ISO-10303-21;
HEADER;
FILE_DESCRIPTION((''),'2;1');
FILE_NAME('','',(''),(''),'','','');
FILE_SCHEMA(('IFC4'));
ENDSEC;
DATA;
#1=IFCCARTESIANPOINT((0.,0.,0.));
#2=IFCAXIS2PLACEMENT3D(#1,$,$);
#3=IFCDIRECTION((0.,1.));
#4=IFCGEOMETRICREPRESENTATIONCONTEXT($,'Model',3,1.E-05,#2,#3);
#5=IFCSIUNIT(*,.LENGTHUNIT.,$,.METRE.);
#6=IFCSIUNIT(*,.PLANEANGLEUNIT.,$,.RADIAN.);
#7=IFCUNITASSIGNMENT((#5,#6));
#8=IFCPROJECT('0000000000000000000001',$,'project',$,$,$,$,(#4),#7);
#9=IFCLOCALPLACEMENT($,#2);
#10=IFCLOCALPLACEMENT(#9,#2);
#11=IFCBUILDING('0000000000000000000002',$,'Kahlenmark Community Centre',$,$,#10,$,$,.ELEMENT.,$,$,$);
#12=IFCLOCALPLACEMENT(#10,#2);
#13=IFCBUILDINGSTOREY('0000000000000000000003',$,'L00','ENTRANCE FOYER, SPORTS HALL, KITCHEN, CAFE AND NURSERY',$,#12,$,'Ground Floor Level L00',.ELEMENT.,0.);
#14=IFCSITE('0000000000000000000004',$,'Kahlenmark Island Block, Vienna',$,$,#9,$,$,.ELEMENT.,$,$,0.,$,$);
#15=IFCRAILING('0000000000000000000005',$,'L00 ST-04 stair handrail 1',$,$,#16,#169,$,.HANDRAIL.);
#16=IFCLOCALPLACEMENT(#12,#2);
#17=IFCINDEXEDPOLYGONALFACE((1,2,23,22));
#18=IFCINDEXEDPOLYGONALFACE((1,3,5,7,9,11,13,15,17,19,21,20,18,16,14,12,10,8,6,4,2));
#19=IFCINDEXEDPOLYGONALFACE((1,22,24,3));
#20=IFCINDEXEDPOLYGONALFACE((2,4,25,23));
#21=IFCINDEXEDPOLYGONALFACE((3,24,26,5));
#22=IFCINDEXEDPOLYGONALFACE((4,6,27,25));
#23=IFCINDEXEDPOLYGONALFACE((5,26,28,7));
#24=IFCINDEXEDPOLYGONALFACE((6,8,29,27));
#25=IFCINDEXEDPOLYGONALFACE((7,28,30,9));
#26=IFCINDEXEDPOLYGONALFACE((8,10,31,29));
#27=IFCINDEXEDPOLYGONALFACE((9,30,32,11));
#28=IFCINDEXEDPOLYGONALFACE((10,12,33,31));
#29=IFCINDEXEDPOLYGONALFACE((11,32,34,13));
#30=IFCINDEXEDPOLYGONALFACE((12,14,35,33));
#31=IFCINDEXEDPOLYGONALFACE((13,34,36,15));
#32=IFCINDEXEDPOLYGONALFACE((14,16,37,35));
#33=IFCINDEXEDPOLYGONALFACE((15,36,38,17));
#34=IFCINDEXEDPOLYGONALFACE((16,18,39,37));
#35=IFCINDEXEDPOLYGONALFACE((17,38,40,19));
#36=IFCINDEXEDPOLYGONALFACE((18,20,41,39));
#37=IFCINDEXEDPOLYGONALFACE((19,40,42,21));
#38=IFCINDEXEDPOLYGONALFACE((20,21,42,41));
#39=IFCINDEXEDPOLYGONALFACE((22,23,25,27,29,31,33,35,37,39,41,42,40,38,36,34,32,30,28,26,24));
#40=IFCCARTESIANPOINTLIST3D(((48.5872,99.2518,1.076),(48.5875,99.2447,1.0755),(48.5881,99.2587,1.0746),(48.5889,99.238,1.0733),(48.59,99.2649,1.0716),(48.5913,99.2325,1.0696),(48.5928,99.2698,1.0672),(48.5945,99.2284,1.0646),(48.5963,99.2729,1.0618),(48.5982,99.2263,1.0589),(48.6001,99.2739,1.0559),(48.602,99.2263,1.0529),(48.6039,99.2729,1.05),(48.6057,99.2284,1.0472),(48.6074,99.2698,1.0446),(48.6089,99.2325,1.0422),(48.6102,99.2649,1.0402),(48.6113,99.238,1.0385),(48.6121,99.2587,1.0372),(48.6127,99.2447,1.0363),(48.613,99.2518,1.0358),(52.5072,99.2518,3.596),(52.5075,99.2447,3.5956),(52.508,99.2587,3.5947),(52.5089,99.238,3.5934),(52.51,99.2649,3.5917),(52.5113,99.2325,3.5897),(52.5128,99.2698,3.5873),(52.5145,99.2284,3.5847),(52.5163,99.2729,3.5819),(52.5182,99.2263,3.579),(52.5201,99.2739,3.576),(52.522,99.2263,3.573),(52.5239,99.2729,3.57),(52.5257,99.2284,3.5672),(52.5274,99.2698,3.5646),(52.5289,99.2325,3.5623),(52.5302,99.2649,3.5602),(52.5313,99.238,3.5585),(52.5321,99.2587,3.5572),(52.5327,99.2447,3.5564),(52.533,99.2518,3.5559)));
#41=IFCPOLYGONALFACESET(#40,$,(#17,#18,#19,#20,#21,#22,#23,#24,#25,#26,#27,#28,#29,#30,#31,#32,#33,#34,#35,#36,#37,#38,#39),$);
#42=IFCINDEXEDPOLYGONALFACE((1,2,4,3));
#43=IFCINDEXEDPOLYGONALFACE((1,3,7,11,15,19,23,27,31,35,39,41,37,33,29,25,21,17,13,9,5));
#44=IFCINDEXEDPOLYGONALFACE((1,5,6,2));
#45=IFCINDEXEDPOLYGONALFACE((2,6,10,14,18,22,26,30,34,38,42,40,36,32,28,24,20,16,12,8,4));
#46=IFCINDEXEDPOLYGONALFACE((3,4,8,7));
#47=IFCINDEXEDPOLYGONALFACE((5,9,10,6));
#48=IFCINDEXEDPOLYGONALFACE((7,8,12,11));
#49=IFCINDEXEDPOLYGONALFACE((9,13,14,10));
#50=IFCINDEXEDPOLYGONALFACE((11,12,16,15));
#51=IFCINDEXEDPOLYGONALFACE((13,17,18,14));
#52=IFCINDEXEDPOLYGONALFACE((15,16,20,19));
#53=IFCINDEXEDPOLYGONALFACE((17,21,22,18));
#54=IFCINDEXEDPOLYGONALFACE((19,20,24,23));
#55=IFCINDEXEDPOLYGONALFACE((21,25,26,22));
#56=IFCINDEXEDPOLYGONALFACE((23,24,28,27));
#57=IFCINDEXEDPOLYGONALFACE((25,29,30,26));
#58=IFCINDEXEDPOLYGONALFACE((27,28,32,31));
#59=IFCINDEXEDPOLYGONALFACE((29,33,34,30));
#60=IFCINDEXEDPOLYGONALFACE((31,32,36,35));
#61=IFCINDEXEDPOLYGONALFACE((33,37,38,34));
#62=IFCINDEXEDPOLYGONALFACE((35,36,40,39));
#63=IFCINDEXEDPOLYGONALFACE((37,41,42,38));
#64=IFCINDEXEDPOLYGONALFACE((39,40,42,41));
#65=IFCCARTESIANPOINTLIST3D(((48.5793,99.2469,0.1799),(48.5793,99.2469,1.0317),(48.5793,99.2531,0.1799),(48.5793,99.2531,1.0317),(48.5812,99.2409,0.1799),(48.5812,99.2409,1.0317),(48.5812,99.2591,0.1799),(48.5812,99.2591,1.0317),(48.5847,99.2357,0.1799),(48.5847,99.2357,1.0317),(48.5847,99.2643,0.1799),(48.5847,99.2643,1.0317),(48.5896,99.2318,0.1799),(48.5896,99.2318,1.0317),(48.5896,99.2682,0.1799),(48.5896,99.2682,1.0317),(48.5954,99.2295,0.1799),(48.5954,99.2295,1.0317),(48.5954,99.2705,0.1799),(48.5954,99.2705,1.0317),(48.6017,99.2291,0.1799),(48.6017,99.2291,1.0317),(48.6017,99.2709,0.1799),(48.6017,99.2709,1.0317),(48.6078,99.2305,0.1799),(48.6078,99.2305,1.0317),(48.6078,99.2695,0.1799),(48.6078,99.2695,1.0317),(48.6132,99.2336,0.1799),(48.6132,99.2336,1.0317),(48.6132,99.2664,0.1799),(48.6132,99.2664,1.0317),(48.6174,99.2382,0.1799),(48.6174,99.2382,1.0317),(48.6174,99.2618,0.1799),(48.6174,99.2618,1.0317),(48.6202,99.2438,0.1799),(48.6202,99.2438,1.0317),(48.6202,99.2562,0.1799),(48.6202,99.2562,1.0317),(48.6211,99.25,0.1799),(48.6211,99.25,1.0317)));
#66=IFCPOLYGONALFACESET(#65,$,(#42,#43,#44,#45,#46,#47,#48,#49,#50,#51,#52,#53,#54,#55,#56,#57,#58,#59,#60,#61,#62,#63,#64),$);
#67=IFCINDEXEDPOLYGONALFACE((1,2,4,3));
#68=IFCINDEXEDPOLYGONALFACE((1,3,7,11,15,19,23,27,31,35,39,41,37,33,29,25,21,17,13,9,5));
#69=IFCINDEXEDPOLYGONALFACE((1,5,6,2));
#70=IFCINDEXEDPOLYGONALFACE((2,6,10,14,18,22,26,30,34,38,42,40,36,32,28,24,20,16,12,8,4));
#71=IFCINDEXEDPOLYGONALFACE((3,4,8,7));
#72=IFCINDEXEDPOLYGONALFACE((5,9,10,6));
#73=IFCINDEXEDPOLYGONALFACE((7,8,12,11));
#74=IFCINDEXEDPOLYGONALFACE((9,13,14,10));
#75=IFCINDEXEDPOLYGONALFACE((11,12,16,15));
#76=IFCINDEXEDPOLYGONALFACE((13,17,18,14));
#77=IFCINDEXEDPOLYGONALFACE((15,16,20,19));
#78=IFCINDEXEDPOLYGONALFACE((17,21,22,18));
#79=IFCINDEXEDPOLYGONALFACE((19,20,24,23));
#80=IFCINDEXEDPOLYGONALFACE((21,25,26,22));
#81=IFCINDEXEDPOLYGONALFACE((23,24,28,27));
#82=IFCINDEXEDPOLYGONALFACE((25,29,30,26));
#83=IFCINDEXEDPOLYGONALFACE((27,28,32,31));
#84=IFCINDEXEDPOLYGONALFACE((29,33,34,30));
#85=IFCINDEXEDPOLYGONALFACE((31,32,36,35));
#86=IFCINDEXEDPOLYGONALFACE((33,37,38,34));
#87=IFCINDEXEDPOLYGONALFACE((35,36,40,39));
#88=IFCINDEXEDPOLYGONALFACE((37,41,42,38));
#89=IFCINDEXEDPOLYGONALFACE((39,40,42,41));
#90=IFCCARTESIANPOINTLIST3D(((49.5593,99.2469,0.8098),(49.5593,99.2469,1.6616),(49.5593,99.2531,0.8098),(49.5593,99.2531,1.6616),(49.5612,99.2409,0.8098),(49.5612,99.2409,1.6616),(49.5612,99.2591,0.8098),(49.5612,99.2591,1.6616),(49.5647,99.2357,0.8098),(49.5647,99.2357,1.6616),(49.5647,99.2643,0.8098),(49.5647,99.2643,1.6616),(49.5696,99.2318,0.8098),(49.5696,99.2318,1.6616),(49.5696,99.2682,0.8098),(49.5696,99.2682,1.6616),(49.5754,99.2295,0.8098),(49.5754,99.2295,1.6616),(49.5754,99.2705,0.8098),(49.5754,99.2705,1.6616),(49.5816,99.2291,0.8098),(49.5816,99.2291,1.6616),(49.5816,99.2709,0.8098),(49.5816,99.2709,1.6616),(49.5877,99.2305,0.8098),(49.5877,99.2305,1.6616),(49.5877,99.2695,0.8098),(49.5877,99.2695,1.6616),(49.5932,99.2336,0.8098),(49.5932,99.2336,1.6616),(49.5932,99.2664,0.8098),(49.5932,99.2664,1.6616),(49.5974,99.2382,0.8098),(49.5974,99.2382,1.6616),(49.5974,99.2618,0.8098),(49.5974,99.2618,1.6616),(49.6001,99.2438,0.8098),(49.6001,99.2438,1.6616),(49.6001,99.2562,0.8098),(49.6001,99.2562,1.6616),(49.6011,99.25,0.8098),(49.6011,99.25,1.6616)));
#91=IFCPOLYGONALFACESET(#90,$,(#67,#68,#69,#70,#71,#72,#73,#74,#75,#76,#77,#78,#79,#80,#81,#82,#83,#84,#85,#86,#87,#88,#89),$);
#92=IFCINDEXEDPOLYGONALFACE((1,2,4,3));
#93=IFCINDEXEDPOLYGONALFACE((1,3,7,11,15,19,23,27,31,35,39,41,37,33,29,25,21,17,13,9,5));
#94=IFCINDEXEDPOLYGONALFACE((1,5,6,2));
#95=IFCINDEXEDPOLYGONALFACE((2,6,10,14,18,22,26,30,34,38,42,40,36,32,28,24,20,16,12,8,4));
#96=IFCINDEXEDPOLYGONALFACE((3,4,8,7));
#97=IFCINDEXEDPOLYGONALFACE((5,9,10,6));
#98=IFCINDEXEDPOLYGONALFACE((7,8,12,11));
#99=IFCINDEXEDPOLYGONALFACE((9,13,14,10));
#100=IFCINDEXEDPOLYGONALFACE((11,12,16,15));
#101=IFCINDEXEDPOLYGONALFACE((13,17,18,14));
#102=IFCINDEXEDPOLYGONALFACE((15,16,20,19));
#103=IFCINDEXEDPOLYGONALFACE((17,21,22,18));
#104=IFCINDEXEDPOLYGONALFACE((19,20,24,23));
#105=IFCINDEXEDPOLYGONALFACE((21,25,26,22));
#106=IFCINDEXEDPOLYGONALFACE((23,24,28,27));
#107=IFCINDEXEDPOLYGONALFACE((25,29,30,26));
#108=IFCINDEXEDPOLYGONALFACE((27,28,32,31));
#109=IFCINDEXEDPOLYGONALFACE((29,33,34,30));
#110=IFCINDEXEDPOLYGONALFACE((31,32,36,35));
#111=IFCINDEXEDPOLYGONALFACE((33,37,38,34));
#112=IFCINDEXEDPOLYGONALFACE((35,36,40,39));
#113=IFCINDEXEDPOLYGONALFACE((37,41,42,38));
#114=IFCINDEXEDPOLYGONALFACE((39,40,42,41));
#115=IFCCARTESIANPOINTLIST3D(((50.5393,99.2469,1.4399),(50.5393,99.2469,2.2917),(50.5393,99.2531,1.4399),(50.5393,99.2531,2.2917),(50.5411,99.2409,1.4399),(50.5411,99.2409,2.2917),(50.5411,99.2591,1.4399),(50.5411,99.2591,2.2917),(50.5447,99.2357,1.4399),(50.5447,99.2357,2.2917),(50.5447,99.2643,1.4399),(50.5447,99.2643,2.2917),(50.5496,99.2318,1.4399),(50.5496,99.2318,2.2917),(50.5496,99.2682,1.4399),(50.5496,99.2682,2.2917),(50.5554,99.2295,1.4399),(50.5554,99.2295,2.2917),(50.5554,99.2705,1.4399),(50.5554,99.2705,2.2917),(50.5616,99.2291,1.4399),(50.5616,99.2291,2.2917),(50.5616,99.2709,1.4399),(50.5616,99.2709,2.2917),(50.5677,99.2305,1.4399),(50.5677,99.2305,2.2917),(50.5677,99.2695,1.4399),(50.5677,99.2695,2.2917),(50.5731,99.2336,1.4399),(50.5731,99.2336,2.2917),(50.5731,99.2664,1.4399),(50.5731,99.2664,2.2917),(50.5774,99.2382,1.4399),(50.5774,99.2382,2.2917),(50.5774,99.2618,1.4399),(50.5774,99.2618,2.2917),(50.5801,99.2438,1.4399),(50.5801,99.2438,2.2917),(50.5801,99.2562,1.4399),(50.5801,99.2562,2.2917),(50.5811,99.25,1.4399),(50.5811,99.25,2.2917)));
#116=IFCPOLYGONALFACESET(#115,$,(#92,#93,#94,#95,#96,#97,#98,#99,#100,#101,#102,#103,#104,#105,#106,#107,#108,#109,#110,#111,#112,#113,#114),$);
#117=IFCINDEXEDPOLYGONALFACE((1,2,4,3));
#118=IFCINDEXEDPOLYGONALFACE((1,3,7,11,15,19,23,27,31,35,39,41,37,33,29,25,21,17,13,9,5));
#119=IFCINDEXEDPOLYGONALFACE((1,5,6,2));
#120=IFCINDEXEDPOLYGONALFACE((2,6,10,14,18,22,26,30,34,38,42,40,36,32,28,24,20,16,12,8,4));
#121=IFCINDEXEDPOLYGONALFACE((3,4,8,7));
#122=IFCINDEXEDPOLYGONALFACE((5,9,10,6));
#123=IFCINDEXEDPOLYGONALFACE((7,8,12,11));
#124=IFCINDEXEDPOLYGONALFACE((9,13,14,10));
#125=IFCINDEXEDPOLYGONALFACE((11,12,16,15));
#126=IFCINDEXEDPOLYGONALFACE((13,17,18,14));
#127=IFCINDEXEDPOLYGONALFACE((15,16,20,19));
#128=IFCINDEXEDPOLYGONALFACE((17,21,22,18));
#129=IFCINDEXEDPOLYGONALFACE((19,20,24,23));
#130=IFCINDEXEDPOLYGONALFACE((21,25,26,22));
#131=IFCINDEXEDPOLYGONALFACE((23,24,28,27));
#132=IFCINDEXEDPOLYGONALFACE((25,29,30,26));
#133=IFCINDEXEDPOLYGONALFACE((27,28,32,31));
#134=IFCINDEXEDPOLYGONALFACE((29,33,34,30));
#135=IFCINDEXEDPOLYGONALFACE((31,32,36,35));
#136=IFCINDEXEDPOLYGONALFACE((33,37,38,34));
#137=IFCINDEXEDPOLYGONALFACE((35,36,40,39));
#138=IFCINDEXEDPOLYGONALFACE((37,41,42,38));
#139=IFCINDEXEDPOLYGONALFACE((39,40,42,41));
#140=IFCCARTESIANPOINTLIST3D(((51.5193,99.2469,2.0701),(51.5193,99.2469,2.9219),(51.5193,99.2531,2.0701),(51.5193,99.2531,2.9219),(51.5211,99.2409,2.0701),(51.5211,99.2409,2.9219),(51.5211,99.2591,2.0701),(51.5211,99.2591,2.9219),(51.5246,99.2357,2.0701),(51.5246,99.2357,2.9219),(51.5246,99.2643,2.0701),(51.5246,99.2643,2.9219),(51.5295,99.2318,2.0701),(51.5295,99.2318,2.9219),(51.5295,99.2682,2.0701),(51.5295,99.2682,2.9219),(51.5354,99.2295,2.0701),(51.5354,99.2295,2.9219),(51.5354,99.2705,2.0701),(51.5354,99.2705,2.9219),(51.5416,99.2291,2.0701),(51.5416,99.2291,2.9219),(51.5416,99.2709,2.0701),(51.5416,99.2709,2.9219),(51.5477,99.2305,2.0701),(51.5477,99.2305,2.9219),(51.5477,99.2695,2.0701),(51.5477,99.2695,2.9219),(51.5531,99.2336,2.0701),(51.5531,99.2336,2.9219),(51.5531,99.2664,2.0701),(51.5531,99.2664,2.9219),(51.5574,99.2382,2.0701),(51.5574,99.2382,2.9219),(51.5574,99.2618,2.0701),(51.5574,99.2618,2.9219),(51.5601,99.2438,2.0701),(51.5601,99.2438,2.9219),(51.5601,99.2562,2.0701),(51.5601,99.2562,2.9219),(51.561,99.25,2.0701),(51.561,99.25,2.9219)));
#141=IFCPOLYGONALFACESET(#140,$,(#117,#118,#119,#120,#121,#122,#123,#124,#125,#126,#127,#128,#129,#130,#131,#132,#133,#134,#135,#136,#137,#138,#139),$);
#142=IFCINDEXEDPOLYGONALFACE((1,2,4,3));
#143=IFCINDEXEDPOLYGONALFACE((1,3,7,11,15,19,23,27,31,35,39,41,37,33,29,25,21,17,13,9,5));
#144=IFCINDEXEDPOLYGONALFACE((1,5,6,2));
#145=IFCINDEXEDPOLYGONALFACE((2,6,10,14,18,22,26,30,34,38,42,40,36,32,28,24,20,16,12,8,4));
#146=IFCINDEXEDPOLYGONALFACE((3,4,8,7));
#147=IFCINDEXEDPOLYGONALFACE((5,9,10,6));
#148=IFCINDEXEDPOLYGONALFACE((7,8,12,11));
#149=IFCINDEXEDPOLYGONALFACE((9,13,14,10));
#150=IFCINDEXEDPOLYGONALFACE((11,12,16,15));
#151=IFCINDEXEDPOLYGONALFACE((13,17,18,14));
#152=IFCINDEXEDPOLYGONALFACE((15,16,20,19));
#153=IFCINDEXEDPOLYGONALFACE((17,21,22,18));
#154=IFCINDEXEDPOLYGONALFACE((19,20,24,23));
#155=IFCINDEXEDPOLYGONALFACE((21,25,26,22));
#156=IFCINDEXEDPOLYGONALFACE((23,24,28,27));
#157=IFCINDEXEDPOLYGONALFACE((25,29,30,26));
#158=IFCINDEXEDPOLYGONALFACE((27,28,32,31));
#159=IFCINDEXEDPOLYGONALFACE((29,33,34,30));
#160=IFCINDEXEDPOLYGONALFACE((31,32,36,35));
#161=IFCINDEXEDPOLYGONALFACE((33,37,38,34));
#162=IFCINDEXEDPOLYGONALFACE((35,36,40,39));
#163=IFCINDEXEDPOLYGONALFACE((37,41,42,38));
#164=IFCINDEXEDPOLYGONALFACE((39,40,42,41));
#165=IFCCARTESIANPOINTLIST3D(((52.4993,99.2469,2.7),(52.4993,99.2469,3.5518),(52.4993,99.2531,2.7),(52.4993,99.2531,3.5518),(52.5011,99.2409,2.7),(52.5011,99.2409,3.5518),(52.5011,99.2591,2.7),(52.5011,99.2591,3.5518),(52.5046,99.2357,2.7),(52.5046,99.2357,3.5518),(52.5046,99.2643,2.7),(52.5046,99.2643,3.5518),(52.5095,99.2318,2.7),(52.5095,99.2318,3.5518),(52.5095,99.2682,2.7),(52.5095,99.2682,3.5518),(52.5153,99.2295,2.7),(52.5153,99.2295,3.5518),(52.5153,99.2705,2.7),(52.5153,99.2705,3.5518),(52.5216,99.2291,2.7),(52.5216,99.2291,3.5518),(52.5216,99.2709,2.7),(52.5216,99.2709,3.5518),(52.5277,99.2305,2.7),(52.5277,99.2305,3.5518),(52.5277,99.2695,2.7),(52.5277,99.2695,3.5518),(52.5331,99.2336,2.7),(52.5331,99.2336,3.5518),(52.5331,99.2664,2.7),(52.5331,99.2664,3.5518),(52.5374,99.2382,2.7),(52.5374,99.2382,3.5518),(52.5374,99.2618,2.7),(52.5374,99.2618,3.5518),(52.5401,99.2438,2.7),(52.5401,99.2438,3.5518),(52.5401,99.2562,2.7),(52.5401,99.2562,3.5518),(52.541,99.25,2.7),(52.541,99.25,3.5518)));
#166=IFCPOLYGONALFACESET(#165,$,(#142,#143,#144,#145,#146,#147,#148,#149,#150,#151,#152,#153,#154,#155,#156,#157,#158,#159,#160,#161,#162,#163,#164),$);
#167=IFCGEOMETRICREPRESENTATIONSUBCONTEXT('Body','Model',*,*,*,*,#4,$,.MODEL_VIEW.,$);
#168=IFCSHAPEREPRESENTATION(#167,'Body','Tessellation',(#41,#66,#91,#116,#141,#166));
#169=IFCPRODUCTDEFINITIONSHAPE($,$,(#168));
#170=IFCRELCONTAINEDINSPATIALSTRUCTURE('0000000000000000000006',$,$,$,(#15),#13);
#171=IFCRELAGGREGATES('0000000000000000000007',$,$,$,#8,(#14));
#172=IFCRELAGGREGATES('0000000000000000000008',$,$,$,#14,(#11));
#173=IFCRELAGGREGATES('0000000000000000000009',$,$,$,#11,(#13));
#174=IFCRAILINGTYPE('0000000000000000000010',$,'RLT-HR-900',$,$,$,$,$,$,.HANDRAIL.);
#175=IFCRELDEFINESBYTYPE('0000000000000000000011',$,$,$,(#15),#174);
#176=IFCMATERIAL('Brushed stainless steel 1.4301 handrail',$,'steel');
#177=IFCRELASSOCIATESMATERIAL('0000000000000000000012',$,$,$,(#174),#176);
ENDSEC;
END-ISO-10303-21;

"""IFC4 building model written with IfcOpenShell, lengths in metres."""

from ifc_helpers import new_model, si_unit, direction, frame, origin, origin_2d, place, context, subcontext, project, spatial, circle, extrude, material, type_object, element, save


model = new_model("IFC4")

# Units and contexts
model_context = context("Model", 3, precision=1e-05, world=origin(), true_north=direction((0.0, 1.0)))
body_context = subcontext(model_context, "Body", "Model", "MODEL_VIEW")
ifc_project = project(units=[si_unit("LENGTHUNIT", "METRE"), si_unit("PLANEANGLEUNIT", "RADIAN")], contexts=[model_context])

# Site, building, storey
site_placement = place(None, origin())
site = spatial("IfcSite", under=ifc_project, at=site_placement, Name="Kahlenmark Island Block, Vienna", CompositionType="ELEMENT", RefElevation=0.0)
building_placement = place(site_placement, origin())
building = spatial("IfcBuilding", under=site, at=building_placement, Name="Kahlenmark Community Centre", CompositionType="ELEMENT")
storey_placement = place(building_placement, origin())
storey = spatial("IfcBuildingStorey", under=building, at=storey_placement, Name="L00", Description="ENTRANCE FOYER, SPORTS HALL, KITCHEN, CAFE AND NURSERY", LongName="Ground Floor Level L00", CompositionType="ELEMENT", Elevation=0.0)

# Railing
ifc_material_1 = material(Name="Brushed stainless steel 1.4301 handrail", Category="steel")
railing_type_1 = type_object("IfcRailingType", Name="RLT-HR-900", PredefinedType="HANDRAIL", material=ifc_material_1)
railing_1_placement = place(storey_placement, frame((48.6001, 99.25, 0.1799)))
element("IfcRailing", 1, at=railing_1_placement, inside=storey, type_object=railing_type_1, Name="L00 ST-04 stair handrail 1", PredefinedType="HANDRAIL", context=body_context, shape_type="SweptSolid", body=[
    extrude(circle(Radius=0.0239, at=origin_2d()), frame((0.0, 0.0, 0.876), z_axis=(0.841172, 0.0, 0.540768), x_axis=(0.0, 1.0, 0.0)), (0.0, 0.0, 1.0), 4.6602),
    extrude(circle(Radius=0.021, at=origin_2d()), origin(), (0.0, 0.0, 1.0), 0.8518),
    extrude(circle(Radius=0.021, at=origin_2d()), frame((0.98, 0.0, 0.6299)), (0.0, 0.0, 1.0), 0.8518),
    extrude(circle(Radius=0.021, at=origin_2d()), frame((1.96, 0.0, 1.26)), (0.0, 0.0, 1.0), 0.8518),
    extrude(circle(Radius=0.021, at=origin_2d()), frame((2.9399, 0.0, 1.8901)), (0.0, 0.0, 1.0), 0.8518),
    extrude(circle(Radius=0.021, at=origin_2d()), frame((3.9199, 0.0, 2.52)), (0.0, 0.0, 1.0), 0.8518),
])

save(model, "model.ifc")
